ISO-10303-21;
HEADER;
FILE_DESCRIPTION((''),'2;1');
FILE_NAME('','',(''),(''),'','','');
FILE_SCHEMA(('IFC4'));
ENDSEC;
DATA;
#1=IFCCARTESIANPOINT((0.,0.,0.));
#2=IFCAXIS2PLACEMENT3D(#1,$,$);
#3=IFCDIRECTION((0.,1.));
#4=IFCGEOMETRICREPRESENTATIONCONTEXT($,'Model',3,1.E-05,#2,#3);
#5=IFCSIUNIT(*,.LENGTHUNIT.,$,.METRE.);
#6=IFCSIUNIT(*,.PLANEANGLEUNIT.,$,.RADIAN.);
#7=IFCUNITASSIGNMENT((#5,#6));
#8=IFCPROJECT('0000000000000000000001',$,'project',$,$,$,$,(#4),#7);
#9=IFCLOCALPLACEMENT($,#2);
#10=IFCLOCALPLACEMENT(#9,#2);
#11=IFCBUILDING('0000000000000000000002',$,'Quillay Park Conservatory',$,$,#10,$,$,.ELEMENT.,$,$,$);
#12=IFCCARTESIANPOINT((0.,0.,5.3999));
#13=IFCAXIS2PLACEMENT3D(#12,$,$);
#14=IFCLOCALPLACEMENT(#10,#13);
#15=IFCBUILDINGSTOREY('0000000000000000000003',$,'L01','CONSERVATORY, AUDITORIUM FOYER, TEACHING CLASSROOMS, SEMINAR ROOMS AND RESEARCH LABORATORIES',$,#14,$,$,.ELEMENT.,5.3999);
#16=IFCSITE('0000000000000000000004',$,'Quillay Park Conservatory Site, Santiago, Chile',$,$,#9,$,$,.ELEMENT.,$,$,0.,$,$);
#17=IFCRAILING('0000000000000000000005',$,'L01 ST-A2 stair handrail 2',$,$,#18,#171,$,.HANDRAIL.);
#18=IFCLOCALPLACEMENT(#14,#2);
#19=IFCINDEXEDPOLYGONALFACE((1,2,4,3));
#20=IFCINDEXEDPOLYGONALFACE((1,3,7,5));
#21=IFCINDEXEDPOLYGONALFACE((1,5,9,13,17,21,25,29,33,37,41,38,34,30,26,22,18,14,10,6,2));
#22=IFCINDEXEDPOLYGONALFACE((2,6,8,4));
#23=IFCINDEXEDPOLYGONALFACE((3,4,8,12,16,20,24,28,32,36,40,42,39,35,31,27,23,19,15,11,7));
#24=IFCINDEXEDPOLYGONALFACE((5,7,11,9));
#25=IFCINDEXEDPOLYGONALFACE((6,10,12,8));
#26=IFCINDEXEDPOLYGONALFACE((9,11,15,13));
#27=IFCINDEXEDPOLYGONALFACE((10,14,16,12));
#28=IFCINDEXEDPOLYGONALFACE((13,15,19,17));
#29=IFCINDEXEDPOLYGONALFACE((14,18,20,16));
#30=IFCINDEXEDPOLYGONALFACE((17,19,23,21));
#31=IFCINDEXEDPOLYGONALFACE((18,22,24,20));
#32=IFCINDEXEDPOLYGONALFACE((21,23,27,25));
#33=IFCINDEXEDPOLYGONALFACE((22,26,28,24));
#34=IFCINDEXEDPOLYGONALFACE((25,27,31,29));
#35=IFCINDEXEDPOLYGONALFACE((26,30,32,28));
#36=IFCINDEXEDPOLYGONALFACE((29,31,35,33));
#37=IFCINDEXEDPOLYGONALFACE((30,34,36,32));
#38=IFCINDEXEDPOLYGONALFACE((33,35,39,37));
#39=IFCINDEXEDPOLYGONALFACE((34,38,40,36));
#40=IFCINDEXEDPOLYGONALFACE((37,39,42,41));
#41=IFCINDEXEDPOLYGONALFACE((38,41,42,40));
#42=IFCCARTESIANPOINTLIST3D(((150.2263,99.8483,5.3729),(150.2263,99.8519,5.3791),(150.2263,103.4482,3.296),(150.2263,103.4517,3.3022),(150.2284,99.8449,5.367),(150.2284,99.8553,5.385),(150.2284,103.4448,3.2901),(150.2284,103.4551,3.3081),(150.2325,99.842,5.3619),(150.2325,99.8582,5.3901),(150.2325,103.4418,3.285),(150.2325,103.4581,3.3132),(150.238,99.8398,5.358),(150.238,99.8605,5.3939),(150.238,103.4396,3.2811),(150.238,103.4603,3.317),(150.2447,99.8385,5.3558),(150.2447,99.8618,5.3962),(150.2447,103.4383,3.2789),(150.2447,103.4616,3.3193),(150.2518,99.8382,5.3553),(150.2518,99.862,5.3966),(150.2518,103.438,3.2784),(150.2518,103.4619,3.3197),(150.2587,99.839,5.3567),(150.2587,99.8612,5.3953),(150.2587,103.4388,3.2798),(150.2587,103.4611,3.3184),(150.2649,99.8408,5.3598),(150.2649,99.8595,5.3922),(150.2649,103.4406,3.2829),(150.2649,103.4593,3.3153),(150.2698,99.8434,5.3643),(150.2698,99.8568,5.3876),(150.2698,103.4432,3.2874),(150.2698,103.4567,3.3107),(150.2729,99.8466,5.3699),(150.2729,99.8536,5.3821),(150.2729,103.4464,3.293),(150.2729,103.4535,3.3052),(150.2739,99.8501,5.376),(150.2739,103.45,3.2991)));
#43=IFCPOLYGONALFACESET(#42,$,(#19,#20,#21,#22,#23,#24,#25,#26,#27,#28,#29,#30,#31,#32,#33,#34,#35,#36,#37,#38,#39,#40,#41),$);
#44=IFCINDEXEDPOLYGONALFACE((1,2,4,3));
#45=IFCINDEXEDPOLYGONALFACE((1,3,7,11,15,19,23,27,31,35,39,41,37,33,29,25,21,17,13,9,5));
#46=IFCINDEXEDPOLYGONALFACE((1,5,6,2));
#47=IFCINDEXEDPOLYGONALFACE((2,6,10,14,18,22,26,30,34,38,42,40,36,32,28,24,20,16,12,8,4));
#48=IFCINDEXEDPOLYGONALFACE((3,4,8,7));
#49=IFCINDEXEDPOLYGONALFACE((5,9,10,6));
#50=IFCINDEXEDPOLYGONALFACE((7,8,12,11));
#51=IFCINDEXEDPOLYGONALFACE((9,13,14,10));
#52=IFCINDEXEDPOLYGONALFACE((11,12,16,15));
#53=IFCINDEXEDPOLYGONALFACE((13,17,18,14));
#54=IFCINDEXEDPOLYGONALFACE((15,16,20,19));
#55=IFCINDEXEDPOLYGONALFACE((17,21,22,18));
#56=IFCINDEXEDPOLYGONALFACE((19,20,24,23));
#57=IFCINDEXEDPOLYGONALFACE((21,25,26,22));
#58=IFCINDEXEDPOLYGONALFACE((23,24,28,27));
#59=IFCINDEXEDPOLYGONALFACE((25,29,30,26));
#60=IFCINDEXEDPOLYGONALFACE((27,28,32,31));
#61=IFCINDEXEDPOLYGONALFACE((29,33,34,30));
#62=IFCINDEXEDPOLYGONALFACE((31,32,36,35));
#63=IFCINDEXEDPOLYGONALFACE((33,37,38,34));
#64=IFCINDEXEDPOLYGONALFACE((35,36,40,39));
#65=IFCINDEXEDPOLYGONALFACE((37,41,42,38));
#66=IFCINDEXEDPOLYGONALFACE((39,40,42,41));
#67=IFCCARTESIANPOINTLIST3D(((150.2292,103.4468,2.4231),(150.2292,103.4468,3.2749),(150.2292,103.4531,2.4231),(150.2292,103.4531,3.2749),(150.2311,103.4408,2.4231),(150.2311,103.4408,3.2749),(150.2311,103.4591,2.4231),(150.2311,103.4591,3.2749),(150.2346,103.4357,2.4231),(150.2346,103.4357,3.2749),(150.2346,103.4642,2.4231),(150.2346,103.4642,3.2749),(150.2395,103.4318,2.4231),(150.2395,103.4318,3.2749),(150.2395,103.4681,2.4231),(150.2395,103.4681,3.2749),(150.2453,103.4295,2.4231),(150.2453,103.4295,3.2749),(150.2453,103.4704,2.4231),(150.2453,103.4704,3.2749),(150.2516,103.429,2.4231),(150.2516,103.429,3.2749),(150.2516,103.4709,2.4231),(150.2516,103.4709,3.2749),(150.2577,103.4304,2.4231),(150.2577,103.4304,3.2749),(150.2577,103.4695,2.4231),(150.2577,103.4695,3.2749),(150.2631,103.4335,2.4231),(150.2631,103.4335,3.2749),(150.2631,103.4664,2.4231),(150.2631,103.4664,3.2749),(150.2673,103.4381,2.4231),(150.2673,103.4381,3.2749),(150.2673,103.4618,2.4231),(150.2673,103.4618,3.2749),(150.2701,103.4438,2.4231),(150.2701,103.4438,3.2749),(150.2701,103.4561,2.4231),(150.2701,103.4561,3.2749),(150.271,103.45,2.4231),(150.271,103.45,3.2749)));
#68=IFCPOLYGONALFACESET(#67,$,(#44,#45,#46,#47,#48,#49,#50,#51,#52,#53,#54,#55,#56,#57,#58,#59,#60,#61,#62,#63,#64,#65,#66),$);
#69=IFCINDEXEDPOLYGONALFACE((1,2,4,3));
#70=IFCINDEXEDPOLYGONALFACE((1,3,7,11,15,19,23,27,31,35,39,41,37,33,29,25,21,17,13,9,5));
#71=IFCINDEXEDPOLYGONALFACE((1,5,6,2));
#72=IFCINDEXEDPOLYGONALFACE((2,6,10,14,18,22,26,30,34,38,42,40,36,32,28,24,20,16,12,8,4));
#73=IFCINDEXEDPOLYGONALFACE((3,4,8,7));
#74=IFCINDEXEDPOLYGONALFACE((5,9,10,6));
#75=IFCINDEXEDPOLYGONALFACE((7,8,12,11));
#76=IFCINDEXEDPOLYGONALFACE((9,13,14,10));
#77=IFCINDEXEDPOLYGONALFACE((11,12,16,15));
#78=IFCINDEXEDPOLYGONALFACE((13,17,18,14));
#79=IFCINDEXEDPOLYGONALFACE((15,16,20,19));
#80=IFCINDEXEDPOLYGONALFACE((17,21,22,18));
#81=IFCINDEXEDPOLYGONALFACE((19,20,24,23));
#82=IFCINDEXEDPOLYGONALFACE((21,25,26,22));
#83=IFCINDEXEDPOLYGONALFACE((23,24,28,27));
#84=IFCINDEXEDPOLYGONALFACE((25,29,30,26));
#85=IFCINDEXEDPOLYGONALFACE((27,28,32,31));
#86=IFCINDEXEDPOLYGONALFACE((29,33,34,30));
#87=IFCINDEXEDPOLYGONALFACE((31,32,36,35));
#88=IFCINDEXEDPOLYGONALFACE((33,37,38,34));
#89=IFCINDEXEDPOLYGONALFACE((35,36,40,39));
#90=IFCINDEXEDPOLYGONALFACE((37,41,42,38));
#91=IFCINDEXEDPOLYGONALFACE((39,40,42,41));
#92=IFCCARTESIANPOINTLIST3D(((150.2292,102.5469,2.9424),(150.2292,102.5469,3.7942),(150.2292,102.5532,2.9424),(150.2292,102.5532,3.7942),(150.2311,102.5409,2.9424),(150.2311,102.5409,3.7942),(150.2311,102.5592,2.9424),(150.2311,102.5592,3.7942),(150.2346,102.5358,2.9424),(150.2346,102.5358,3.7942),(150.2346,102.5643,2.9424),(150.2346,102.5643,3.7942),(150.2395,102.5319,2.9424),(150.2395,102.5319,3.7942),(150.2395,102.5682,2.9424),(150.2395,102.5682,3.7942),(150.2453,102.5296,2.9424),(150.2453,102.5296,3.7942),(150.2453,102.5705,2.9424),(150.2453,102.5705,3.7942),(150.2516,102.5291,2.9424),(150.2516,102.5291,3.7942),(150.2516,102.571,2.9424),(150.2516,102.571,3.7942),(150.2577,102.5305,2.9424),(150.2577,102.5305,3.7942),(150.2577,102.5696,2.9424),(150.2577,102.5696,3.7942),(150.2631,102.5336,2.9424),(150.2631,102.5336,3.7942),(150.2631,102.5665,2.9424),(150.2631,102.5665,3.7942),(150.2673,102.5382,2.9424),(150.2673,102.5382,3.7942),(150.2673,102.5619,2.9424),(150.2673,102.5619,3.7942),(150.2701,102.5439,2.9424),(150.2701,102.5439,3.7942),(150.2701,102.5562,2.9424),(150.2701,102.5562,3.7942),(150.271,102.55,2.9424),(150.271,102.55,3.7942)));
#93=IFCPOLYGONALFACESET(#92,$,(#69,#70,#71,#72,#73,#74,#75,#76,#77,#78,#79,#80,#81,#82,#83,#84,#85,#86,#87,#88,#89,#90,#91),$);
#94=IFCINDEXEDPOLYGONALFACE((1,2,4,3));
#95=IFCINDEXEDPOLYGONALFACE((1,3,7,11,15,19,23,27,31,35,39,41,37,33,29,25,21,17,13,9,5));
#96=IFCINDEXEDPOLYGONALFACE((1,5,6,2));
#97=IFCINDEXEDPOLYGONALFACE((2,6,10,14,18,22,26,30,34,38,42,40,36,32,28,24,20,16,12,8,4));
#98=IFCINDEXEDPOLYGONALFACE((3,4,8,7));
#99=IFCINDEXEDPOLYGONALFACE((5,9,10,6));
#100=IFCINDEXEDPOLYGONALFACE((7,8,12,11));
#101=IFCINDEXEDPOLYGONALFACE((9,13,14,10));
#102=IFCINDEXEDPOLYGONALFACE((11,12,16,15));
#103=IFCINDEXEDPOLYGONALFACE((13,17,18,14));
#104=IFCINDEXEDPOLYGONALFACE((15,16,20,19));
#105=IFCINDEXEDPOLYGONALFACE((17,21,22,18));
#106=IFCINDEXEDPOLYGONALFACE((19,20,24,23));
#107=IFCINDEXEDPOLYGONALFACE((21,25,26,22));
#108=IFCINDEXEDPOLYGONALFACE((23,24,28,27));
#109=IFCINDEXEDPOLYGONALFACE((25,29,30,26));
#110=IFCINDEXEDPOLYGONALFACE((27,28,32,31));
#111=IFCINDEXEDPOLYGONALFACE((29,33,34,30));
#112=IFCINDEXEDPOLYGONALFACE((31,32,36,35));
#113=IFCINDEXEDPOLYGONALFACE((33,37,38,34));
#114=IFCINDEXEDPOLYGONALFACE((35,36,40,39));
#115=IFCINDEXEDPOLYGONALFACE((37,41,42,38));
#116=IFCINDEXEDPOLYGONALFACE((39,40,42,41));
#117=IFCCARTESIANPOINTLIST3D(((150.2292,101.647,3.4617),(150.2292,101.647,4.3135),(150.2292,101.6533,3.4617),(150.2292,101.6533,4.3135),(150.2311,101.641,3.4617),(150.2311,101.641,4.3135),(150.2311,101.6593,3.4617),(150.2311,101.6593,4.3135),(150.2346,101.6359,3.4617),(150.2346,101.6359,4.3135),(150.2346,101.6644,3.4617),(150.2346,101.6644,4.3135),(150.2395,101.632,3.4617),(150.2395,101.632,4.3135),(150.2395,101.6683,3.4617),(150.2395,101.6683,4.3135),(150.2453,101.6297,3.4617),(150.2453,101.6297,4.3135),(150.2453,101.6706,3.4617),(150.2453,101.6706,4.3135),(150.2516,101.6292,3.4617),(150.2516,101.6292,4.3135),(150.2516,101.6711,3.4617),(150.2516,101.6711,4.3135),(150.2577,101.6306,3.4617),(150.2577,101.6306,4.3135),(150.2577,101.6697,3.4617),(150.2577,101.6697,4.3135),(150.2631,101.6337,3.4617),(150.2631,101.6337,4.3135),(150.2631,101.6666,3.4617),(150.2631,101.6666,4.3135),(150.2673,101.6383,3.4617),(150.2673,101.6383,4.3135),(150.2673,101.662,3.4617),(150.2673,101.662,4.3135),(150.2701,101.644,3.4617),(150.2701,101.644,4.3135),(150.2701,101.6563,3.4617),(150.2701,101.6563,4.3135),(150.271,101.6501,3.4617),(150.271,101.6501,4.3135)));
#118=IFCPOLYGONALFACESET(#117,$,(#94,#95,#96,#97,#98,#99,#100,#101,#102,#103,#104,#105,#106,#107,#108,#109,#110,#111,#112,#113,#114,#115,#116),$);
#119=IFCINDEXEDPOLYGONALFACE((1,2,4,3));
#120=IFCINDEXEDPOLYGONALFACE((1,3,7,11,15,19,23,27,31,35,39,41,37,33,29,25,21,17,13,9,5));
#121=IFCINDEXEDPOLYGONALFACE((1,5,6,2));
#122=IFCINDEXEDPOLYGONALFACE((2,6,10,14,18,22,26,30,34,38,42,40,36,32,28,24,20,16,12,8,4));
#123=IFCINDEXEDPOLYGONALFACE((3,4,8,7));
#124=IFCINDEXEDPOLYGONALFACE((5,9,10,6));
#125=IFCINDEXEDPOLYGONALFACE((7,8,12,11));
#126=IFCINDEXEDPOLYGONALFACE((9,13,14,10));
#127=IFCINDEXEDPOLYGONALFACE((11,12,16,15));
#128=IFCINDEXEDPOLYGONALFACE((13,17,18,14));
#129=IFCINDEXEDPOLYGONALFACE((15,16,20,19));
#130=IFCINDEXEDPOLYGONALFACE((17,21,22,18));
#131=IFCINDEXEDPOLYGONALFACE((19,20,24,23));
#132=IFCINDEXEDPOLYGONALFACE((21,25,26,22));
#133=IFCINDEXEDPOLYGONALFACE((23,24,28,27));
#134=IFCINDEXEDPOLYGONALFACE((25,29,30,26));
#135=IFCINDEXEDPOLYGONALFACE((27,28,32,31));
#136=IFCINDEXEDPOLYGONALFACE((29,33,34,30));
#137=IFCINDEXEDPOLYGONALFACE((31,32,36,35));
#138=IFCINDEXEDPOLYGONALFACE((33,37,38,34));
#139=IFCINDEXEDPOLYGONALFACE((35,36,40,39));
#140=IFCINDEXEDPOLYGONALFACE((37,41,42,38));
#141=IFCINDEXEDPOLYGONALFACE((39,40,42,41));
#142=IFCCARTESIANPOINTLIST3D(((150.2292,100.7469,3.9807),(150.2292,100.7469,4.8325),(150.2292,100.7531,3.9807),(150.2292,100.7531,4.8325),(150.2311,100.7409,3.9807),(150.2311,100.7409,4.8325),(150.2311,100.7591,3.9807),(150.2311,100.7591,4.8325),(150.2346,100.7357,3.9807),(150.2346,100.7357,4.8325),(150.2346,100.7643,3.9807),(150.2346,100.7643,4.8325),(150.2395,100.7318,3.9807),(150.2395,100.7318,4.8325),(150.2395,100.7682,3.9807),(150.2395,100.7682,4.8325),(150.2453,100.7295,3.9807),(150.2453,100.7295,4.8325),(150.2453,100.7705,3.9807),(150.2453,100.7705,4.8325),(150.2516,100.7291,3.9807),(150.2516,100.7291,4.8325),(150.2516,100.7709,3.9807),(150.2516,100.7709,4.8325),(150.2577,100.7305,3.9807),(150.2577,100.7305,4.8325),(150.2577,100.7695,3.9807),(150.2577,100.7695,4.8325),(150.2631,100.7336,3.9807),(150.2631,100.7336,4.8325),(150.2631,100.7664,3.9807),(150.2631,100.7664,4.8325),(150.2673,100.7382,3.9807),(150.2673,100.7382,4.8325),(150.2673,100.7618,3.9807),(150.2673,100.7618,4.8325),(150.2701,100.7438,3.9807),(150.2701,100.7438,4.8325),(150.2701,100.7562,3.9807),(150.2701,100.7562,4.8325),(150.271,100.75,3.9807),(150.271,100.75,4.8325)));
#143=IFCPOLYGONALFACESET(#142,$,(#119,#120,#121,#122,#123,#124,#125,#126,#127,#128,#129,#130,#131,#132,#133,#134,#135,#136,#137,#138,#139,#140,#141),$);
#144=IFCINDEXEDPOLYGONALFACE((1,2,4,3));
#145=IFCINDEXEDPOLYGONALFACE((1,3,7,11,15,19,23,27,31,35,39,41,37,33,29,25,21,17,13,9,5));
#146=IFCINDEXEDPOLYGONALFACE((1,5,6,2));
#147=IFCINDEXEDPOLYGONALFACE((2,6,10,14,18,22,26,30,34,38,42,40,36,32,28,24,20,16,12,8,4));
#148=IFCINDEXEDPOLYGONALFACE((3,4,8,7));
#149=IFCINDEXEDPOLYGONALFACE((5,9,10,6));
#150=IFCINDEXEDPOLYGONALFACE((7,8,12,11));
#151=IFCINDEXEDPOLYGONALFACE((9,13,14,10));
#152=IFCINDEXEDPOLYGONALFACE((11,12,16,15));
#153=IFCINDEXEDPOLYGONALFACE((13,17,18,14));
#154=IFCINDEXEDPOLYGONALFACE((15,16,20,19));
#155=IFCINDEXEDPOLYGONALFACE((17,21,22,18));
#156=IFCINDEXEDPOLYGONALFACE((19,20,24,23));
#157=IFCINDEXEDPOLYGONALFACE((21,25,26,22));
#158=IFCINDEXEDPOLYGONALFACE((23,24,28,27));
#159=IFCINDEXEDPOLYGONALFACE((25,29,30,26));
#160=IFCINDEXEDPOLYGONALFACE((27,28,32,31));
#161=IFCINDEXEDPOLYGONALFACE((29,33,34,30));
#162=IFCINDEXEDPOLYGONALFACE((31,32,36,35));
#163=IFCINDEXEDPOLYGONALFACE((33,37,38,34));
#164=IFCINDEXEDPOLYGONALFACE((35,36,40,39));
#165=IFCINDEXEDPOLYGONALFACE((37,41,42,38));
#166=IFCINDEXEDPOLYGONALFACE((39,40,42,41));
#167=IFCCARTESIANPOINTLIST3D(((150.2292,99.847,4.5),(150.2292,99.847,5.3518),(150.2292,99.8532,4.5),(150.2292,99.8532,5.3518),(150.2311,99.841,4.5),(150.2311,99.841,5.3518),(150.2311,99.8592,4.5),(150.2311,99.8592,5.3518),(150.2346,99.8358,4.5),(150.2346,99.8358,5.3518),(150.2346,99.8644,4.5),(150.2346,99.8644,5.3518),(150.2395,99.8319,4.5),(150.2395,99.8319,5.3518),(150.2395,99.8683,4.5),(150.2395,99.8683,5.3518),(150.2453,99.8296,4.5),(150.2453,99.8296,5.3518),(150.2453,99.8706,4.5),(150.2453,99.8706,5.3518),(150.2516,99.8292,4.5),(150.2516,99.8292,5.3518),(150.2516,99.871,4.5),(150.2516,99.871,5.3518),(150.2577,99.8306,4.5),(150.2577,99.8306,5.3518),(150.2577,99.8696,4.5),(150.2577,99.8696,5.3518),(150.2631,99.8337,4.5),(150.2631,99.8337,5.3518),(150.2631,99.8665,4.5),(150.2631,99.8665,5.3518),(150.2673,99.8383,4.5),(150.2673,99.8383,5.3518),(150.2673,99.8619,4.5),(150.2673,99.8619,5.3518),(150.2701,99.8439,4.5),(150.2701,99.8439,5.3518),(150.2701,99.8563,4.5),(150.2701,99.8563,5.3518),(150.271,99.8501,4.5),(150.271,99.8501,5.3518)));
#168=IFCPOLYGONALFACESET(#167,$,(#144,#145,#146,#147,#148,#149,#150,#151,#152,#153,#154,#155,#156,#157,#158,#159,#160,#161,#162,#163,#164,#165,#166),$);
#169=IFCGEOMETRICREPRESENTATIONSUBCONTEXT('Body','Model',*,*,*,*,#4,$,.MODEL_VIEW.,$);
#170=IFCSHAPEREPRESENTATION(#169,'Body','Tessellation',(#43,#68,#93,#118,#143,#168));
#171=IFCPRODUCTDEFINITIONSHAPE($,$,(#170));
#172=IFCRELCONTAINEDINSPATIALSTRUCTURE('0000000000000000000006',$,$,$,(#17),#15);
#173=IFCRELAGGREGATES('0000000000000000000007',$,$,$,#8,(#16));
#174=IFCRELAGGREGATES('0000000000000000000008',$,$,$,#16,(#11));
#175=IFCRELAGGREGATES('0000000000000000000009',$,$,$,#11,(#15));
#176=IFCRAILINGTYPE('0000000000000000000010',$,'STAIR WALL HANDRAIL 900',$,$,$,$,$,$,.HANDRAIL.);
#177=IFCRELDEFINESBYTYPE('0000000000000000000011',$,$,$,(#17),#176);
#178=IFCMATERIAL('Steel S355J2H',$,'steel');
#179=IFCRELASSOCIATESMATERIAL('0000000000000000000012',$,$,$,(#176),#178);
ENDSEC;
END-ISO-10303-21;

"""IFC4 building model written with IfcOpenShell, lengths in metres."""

from ifc_helpers import new_model, si_unit, direction, frame, origin, origin_2d, place, context, subcontext, project, spatial, circle, extrude, material, type_object, element, save


model = new_model("IFC4")

# Units and contexts
model_context = context("Model", 3, precision=1e-05, world=origin(), true_north=direction((0.0, 1.0)))
body_context = subcontext(model_context, "Body", "Model", "MODEL_VIEW")
ifc_project = project(units=[si_unit("LENGTHUNIT", "METRE"), si_unit("PLANEANGLEUNIT", "RADIAN")], contexts=[model_context])

# Site, building, storey
site_placement = place(None, origin())
site = spatial("IfcSite", under=ifc_project, at=site_placement, Name="Quillay Park Conservatory Site, Santiago, Chile", CompositionType="ELEMENT", RefElevation=0.0)
building_placement = place(site_placement, origin())
building = spatial("IfcBuilding", under=site, at=building_placement, Name="Quillay Park Conservatory", CompositionType="ELEMENT")
storey_placement = place(building_placement, frame((0.0, 0.0, 5.3999)))
storey = spatial("IfcBuildingStorey", under=building, at=storey_placement, Name="L01", Description="CONSERVATORY, AUDITORIUM FOYER, TEACHING CLASSROOMS, SEMINAR ROOMS AND RESEARCH LABORATORIES", CompositionType="ELEMENT", Elevation=5.3999)

# Railing
ifc_material_1 = material(Name="Steel S355J2H", Category="steel")
railing_type_1 = type_object("IfcRailingType", Name="STAIR WALL HANDRAIL 900", PredefinedType="HANDRAIL", material=ifc_material_1)
railing_1_placement = place(storey_placement, frame((150.25, 103.45, 2.4231)))
element("IfcRailing", 1, at=railing_1_placement, inside=storey, type_object=railing_type_1, Name="L01 ST-A2 stair handrail 2", PredefinedType="HANDRAIL", context=body_context, shape_type="SweptSolid", body=[
    extrude(circle(Radius=0.0239, at=origin_2d()), frame((0.0, 0.0, 0.876), z_axis=(0.0, -0.866179, 0.499734), x_axis=(1.0, 0.0, 0.0)), (0.0, 0.0, 1.0), 4.156),
    extrude(circle(Radius=0.021, at=origin_2d()), origin(), (0.0, 0.0, 1.0), 0.8518),
    extrude(circle(Radius=0.021, at=origin_2d()), frame((0.0, -0.8999, 0.5193)), (0.0, 0.0, 1.0), 0.8518),
    extrude(circle(Radius=0.021, at=origin_2d()), frame((0.0, -1.7998, 1.0386)), (0.0, 0.0, 1.0), 0.8518),
    extrude(circle(Radius=0.021, at=origin_2d()), frame((0.0, -2.7, 1.5576)), (0.0, 0.0, 1.0), 0.8518),
    extrude(circle(Radius=0.021, at=origin_2d()), frame((0.0, -3.5999, 2.0769)), (0.0, 0.0, 1.0), 0.8518),
])

save(model, "model.ifc")
